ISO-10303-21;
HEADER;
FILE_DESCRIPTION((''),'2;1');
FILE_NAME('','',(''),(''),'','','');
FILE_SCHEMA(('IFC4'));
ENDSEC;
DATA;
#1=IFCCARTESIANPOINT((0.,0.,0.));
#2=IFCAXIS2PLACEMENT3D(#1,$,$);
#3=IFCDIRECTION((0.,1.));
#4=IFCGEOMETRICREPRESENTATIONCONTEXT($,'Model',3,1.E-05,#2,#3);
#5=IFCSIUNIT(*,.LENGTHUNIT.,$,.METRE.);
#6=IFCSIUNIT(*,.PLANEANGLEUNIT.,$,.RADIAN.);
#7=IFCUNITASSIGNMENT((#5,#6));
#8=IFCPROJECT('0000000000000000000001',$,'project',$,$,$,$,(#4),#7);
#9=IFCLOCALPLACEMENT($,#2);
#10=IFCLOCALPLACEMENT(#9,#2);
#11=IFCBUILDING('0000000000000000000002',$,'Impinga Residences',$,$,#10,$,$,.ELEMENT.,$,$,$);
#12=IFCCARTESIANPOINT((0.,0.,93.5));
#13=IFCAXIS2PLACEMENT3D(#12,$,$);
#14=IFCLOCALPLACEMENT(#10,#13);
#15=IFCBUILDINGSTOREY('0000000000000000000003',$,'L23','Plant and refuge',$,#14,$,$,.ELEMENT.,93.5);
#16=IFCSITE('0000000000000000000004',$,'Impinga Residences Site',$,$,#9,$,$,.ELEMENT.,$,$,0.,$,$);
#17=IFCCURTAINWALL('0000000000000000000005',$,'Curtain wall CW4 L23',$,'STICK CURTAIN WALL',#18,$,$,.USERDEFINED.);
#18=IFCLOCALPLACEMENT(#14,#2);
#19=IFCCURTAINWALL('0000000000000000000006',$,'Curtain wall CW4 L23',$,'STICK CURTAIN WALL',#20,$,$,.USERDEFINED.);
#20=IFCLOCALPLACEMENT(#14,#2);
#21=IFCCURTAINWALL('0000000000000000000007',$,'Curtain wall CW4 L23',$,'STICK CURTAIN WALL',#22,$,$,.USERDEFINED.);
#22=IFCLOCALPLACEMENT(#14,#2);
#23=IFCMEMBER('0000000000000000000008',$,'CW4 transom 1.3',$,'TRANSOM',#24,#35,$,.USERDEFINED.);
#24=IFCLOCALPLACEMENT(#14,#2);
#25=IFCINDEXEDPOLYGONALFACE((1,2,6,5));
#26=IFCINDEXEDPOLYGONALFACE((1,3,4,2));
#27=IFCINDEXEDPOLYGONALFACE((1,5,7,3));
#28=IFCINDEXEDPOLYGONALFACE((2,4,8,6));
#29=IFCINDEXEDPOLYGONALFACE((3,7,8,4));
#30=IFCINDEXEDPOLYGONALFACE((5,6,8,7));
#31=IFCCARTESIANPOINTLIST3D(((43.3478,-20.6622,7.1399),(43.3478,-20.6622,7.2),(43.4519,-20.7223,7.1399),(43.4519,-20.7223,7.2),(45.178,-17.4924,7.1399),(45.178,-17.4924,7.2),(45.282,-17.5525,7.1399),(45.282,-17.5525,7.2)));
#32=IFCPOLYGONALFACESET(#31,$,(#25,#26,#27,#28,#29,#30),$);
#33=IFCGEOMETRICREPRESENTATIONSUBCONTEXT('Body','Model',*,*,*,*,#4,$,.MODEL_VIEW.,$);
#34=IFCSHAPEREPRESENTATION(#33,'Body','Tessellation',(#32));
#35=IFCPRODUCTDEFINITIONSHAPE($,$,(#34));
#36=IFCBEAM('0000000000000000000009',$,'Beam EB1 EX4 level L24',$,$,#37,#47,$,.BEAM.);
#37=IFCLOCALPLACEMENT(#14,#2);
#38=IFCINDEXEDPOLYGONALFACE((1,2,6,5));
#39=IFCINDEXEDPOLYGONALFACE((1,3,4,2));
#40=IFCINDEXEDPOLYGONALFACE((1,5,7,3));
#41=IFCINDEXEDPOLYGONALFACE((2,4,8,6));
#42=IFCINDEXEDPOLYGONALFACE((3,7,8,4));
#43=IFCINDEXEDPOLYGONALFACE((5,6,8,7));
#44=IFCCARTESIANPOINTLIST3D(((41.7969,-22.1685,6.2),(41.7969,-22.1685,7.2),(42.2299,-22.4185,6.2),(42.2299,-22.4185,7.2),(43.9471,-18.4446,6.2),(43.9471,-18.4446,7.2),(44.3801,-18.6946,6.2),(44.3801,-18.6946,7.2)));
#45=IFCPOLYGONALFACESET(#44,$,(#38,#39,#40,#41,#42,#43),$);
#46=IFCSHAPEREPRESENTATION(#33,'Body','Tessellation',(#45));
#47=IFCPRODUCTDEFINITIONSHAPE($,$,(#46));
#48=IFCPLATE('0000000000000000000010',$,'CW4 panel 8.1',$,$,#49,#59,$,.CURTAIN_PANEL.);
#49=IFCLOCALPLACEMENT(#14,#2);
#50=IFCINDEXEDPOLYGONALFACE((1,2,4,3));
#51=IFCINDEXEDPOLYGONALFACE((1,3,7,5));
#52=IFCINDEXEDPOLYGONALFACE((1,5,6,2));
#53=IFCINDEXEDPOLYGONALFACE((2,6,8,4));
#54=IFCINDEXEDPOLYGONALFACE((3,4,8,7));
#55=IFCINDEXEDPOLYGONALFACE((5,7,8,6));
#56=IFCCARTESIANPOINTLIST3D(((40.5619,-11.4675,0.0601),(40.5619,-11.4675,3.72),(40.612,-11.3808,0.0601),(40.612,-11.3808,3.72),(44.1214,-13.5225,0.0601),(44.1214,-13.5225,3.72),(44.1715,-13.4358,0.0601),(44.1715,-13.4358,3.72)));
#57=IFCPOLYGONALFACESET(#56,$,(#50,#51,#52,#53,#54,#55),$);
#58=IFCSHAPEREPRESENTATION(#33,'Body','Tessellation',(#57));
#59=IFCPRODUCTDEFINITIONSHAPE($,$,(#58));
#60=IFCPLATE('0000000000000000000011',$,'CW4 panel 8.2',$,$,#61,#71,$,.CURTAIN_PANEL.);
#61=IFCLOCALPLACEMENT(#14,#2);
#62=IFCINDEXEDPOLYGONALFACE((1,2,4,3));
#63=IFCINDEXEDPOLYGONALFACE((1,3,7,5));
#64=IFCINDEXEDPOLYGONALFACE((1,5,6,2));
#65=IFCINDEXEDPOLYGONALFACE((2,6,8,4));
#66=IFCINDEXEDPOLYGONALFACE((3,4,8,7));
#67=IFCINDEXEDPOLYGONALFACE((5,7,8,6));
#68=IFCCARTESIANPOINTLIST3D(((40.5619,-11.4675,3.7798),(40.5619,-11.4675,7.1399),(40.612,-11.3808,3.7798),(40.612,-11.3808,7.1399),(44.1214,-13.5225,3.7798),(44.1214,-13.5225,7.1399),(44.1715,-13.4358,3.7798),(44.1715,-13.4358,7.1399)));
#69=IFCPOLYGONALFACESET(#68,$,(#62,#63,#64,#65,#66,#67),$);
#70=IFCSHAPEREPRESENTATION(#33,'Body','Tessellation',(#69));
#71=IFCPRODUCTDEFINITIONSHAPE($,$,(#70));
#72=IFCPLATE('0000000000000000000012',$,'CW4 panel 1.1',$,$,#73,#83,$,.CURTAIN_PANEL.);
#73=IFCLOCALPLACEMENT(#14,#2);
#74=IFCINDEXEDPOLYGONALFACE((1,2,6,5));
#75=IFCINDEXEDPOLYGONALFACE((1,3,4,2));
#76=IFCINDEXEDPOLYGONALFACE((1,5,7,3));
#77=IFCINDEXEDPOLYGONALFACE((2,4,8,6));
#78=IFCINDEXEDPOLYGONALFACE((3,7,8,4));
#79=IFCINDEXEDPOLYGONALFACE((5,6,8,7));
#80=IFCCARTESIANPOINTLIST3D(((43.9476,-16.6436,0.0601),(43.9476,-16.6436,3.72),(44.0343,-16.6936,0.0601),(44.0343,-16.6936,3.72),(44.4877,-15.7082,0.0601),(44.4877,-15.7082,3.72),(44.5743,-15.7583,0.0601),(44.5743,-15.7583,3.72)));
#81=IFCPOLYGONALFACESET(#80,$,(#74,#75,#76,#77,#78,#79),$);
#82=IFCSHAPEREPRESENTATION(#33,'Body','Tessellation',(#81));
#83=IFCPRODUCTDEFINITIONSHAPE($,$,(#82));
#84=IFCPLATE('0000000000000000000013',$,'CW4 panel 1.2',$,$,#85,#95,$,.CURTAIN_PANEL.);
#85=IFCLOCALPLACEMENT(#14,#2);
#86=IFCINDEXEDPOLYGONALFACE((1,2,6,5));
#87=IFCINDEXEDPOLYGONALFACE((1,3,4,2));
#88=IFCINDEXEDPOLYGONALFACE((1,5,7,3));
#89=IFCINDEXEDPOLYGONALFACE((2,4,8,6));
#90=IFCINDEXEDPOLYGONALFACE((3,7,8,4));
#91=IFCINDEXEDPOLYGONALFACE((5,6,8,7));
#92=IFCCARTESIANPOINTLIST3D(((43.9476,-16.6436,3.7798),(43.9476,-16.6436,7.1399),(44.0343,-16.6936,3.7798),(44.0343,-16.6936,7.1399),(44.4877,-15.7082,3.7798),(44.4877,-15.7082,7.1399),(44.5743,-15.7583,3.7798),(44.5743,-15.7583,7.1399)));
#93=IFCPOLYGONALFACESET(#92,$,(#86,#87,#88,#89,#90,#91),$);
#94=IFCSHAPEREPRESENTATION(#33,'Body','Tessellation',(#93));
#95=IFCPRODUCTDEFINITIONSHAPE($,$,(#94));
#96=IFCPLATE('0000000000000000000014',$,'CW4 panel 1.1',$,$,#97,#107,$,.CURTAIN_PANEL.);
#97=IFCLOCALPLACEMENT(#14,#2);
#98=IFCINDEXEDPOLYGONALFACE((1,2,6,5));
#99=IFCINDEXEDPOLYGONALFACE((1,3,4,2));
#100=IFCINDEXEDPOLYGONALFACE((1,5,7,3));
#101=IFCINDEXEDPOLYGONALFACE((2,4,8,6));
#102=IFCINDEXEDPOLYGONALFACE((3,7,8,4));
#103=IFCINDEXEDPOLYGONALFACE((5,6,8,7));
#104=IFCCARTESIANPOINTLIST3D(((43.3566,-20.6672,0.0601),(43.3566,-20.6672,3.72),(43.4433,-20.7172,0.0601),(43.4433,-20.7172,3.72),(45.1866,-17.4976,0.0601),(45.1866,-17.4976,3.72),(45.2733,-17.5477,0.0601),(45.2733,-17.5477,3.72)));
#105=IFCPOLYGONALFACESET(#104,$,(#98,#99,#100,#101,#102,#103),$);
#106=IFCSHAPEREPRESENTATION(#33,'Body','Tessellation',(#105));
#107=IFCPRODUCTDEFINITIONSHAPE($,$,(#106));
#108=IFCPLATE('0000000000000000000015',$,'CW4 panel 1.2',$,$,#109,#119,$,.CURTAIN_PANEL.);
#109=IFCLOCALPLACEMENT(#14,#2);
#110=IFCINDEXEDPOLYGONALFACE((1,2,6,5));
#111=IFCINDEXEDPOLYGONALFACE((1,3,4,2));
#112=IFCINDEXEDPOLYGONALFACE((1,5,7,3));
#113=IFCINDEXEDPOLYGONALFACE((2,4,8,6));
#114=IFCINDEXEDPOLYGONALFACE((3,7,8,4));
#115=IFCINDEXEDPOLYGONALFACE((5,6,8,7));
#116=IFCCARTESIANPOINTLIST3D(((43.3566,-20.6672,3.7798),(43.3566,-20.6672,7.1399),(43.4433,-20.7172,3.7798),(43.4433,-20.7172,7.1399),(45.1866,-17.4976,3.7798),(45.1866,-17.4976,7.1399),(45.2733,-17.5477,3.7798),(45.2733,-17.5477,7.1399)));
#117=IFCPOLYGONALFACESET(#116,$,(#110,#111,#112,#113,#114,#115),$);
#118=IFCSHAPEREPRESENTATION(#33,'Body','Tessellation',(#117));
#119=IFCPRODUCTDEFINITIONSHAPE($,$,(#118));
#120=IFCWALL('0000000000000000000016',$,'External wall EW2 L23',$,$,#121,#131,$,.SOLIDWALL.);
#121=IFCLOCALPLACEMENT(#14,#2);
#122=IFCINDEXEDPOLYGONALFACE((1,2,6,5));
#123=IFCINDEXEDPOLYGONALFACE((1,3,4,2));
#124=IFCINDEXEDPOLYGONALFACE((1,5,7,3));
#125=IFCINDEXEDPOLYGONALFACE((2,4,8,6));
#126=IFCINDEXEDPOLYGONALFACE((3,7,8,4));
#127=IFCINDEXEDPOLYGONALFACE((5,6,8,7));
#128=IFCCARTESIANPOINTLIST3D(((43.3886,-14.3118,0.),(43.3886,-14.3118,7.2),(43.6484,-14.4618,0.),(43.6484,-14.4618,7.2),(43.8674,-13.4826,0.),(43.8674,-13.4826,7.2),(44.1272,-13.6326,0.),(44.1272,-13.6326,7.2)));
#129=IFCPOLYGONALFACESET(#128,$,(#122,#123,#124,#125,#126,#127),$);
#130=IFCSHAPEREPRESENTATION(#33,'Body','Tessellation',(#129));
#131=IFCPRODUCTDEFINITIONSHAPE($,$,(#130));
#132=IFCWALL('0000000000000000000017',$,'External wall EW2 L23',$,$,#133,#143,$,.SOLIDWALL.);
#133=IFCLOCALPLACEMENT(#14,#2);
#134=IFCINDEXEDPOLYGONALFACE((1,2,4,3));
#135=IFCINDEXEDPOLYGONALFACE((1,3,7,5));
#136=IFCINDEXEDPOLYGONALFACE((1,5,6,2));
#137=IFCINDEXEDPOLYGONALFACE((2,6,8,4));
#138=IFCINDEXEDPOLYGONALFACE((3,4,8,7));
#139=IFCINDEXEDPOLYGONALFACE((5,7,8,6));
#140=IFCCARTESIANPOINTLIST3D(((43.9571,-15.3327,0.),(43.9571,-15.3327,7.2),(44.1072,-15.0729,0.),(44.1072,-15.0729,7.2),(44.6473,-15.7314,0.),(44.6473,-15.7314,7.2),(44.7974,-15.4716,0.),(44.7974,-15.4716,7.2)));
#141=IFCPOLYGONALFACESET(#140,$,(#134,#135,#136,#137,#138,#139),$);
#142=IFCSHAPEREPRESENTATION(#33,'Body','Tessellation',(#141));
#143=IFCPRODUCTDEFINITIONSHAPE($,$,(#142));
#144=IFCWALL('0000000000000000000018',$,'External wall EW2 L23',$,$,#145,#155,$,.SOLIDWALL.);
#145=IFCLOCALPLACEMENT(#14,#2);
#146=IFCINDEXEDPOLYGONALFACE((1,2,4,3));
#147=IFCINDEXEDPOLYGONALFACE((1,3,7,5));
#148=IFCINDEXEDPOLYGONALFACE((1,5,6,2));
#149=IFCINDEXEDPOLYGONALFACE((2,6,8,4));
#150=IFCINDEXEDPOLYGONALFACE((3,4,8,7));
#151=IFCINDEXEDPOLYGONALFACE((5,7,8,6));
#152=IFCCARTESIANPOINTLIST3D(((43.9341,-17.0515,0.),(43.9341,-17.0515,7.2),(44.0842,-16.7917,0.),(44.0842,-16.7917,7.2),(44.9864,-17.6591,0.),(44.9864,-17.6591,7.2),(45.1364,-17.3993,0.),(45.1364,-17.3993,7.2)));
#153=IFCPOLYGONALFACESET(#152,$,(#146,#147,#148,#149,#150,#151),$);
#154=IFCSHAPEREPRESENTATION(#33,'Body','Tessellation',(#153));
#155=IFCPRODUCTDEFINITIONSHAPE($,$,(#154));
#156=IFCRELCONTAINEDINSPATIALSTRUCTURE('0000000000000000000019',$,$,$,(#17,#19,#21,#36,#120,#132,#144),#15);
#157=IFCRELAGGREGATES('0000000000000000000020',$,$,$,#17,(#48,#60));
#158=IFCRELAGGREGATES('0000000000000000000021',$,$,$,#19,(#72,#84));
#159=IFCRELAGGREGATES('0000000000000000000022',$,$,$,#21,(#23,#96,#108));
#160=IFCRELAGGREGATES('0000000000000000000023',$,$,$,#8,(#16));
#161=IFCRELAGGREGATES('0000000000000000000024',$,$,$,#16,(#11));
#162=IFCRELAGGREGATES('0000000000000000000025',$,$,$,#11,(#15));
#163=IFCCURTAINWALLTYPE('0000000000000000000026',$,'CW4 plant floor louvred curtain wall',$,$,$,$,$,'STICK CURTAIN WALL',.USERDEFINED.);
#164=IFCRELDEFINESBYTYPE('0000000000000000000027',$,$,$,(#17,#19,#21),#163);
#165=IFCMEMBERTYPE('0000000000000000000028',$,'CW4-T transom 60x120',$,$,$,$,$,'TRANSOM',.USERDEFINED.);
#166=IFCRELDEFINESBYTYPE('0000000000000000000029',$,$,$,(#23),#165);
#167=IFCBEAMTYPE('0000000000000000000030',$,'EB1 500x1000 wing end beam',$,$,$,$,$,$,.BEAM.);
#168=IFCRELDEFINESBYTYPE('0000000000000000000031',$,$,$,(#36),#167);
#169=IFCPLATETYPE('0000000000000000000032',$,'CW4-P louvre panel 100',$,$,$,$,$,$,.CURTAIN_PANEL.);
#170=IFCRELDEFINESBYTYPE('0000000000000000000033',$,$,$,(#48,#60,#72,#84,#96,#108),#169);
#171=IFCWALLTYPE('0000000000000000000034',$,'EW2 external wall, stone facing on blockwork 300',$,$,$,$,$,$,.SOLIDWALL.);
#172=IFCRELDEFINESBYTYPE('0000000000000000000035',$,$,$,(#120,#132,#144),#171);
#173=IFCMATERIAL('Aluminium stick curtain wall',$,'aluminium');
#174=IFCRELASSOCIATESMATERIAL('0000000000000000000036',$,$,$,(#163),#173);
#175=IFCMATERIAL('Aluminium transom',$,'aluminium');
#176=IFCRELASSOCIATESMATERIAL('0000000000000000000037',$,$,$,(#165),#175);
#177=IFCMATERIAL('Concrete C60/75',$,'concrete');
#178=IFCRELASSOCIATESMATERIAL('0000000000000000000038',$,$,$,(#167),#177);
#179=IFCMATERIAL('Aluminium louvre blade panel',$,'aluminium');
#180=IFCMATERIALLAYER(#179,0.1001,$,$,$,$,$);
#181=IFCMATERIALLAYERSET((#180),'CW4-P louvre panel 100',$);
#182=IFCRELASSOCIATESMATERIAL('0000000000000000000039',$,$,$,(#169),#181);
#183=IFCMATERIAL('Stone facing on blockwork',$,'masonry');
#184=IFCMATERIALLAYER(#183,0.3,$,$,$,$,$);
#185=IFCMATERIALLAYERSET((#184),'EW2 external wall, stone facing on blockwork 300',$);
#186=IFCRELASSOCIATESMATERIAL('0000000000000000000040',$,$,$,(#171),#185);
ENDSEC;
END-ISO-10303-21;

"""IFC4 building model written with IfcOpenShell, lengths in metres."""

from ifc_helpers import new_model, si_unit, direction, frame, frame_2d, origin, origin_2d, place, context, subcontext, project, spatial, rectangle, extrude, material, layer, layer_set, material_profile, profile_set, type_object, element, aggregate, save


model = new_model("IFC4")

# Units and contexts
model_context = context("Model", 3, precision=1e-05, world=origin(), true_north=direction((0.0, 1.0)))
body_context = subcontext(model_context, "Body", "Model", "MODEL_VIEW")
ifc_project = project(units=[si_unit("LENGTHUNIT", "METRE"), si_unit("PLANEANGLEUNIT", "RADIAN")], contexts=[model_context])

# Site, building, storey
site_placement = place(None, origin())
site = spatial("IfcSite", under=ifc_project, at=site_placement, Name="Impinga Residences Site", CompositionType="ELEMENT", RefElevation=0.0)
building_placement = place(site_placement, origin())
building = spatial("IfcBuilding", under=site, at=building_placement, Name="Impinga Residences", CompositionType="ELEMENT")
storey_placement = place(building_placement, frame((0.0, 0.0, 93.5)))
storey = spatial("IfcBuildingStorey", under=building, at=storey_placement, Name="L23", Description="Plant and refuge", CompositionType="ELEMENT", Elevation=93.5)

# Shared definitions
ifc_material_1 = material(Name="Concrete C60/75", Category="concrete")

# Curtain wall
ifc_material_2 = material(Name="Aluminium stick curtain wall", Category="aluminium")
curtain_wall_type = type_object("IfcCurtainWallType", Name="CW4 plant floor louvred curtain wall", ElementType="STICK CURTAIN WALL", PredefinedType="USERDEFINED", material=ifc_material_2)
curtain_wall_1_placement = place(storey_placement, origin())
curtain_wall_1 = element("IfcCurtainWall", 1, at=curtain_wall_1_placement, inside=storey, type_object=curtain_wall_type, Name="Curtain wall CW4 L23", ObjectType="STICK CURTAIN WALL", PredefinedType="USERDEFINED")

# Curtain wall
curtain_wall_2_placement = place(storey_placement, origin())
curtain_wall_2 = element("IfcCurtainWall", 2, at=curtain_wall_2_placement, inside=storey, type_object=curtain_wall_type, Name="Curtain wall CW4 L23", ObjectType="STICK CURTAIN WALL", PredefinedType="USERDEFINED")

# Curtain wall
curtain_wall_3_placement = place(storey_placement, origin())
curtain_wall_3 = element("IfcCurtainWall", 3, at=curtain_wall_3_placement, inside=storey, type_object=curtain_wall_type, Name="Curtain wall CW4 L23", ObjectType="STICK CURTAIN WALL", PredefinedType="USERDEFINED")

# Member
ifc_material_3 = material(Name="Aluminium transom", Category="aluminium")
ifc_material_profile_1 = material_profile(ifc_material_3, rectangle(XDim=0.0601, YDim=0.1201, at=origin_2d()), Name="60x120 transom")
ifc_profile_set_1 = profile_set([ifc_material_profile_1], Name="Aluminium transom")
member_type_1 = type_object("IfcMemberType", Name="CW4-T transom 60x120", ElementType="TRANSOM", PredefinedType="USERDEFINED", material=ifc_profile_set_1)
member_1_placement = place(storey_placement, frame((45.23, -17.5225, 7.1699), z_axis=(-0.500013, -0.866018, 0.0), x_axis=(0.0, 0.0, 1.0)))
member_1 = element("IfcMember", 4, at=member_1_placement, type_object=member_type_1, Name="CW4 transom 1.3", ObjectType="TRANSOM", PredefinedType="USERDEFINED", context=body_context, shape_type="SweptSolid", body=[
    extrude(rectangle(XDim=0.0601, YDim=0.1201, at=origin_2d()), origin(), (0.0, 0.0, 1.0), 3.6602),
])

# Beam
ifc_material_profile_2 = material_profile(ifc_material_1, rectangle(XDim=0.5, YDim=1.0, at=origin_2d()), Name="RC 500x1000")
ifc_profile_set_2 = profile_set([ifc_material_profile_2], Name="Concrete C60/75")
beam_type_1 = type_object("IfcBeamType", Name="EB1 500x1000 wing end beam", PredefinedType="BEAM", material=ifc_profile_set_2)
beam_1_placement = place(storey_placement, frame((44.1636, -18.5696, 6.7), z_axis=(-0.500029, -0.866009, 0.0), x_axis=(0.866009, -0.500029, 0.0)))
element("IfcBeam", 5, at=beam_1_placement, inside=storey, type_object=beam_type_1, Name="Beam EB1 EX4 level L24", PredefinedType="BEAM", context=body_context, shape_type="SweptSolid", body=[
    extrude(rectangle(XDim=0.5, YDim=1.0, at=origin_2d()), origin(), (0.0, 0.0, 1.0), 4.3),
])

# Plates
ifc_material_4 = material(Name="Aluminium louvre blade panel", Category="aluminium")
ifc_layer_1 = layer(ifc_material_4, 0.1001)
ifc_layer_set_1 = layer_set([ifc_layer_1], Name="CW4-P louvre panel 100")
plate_type = type_object("IfcPlateType", Name="CW4-P louvre panel 100", PredefinedType="CURTAIN_PANEL", material=ifc_layer_set_1)
plate_1_placement = place(storey_placement, frame((42.3667, -12.4517, 0.0601), z_axis=(0.0, 0.0, 1.0), x_axis=(0.866025, -0.5, 0.0)))
plate_1 = element("IfcPlate", 6, at=plate_1_placement, type_object=plate_type, Name="CW4 panel 8.1", PredefinedType="CURTAIN_PANEL", context=body_context, shape_type="SweptSolid", body=[
    extrude(rectangle(XDim=4.1101, YDim=0.1001, at=origin_2d()), origin(), (0.0, 0.0, 1.0), 3.6599),
])
plate_2_placement = place(storey_placement, frame((42.3667, -12.4517, 3.7798), z_axis=(0.0, 0.0, 1.0), x_axis=(0.866025, -0.5, 0.0)))
plate_2 = element("IfcPlate", 7, at=plate_2_placement, type_object=plate_type, Name="CW4 panel 8.2", PredefinedType="CURTAIN_PANEL", context=body_context, shape_type="SweptSolid", body=[
    extrude(rectangle(XDim=4.1101, YDim=0.1001, at=origin_2d()), origin(), (0.0, 0.0, 1.0), 3.3601),
])
aggregate(curtain_wall_1, [plate_1, plate_2])
plate_3_placement = place(storey_placement, frame((44.261, -16.2009, 0.0601), z_axis=(0.0, 0.0, 1.0), x_axis=(-0.5, -0.866025, 0.0)))
plate_3 = element("IfcPlate", 8, at=plate_3_placement, type_object=plate_type, Name="CW4 panel 1.1", PredefinedType="CURTAIN_PANEL", context=body_context, shape_type="SweptSolid", body=[
    extrude(rectangle(XDim=1.0801, YDim=0.1001, at=origin_2d()), origin(), (0.0, 0.0, 1.0), 3.6599),
])
plate_4_placement = place(storey_placement, frame((44.261, -16.2009, 3.7798), z_axis=(0.0, 0.0, 1.0), x_axis=(-0.5, -0.866025, 0.0)))
plate_4 = element("IfcPlate", 9, at=plate_4_placement, type_object=plate_type, Name="CW4 panel 1.2", PredefinedType="CURTAIN_PANEL", context=body_context, shape_type="SweptSolid", body=[
    extrude(rectangle(XDim=1.0801, YDim=0.1001, at=origin_2d()), origin(), (0.0, 0.0, 1.0), 3.3601),
])
aggregate(curtain_wall_2, [plate_3, plate_4])
plate_5_placement = place(storey_placement, frame((44.3149, -19.1074, 0.0601), z_axis=(0.0, 0.0, 1.0), x_axis=(-0.5, -0.866025, 0.0)))
plate_5 = element("IfcPlate", 10, at=plate_5_placement, type_object=plate_type, Name="CW4 panel 1.1", PredefinedType="CURTAIN_PANEL", context=body_context, shape_type="SweptSolid", body=[
    extrude(rectangle(XDim=3.6599, YDim=0.1001, at=origin_2d()), origin(), (0.0, 0.0, 1.0), 3.6599),
])
plate_6_placement = place(storey_placement, frame((44.3149, -19.1074, 3.7798), z_axis=(0.0, 0.0, 1.0), x_axis=(-0.5, -0.866025, 0.0)))
plate_6 = element("IfcPlate", 11, at=plate_6_placement, type_object=plate_type, Name="CW4 panel 1.2", PredefinedType="CURTAIN_PANEL", context=body_context, shape_type="SweptSolid", body=[
    extrude(rectangle(XDim=3.6599, YDim=0.1001, at=origin_2d()), origin(), (0.0, 0.0, 1.0), 3.3601),
])
aggregate(curtain_wall_3, [member_1, plate_5, plate_6])

# Walls
ifc_material_5 = material(Name="Stone facing on blockwork", Category="masonry")
ifc_layer_2 = layer(ifc_material_5, 0.3)
ifc_layer_set_2 = layer_set([ifc_layer_2], Name="EW2 external wall, stone facing on blockwork 300")
wall_type = type_object("IfcWallType", Name="EW2 external wall, stone facing on blockwork 300", PredefinedType="SOLIDWALL", material=ifc_layer_set_2)
wall_1_placement = place(storey_placement, frame((43.9973, -13.5576, 0.0), z_axis=(0.0, 0.0, 1.0), x_axis=(-0.500061, -0.86599, 0.0)))
element("IfcWall", 12, at=wall_1_placement, inside=storey, type_object=wall_type, Name="External wall EW2 L23", PredefinedType="SOLIDWALL", context=body_context, shape_type="SweptSolid", body=[
    extrude(rectangle(XDim=0.9575, YDim=0.3, at=frame_2d((0.4788, 0.0))), origin(), (0.0, 0.0, 1.0), 7.2),
])
wall_2_placement = place(storey_placement, frame((44.0322, -15.2029, 0.0), z_axis=(0.0, 0.0, 1.0), x_axis=(0.865915, -0.500191, 0.0)))
element("IfcWall", 13, at=wall_2_placement, inside=storey, type_object=wall_type, Name="External wall EW2 L23", PredefinedType="SOLIDWALL", context=body_context, shape_type="SweptSolid", body=[
    extrude(rectangle(XDim=0.7971, YDim=0.3, at=frame_2d((0.3984, 0.0))), origin(), (0.0, 0.0, 1.0), 7.2),
])
wall_3_placement = place(storey_placement, frame((44.0093, -16.9216, 0.0), z_axis=(0.0, 0.0, 1.0), x_axis=(0.865971, -0.500093, 0.0)))
element("IfcWall", 14, at=wall_3_placement, inside=storey, type_object=wall_type, Name="External wall EW2 L23", PredefinedType="SOLIDWALL", context=body_context, shape_type="SweptSolid", body=[
    extrude(rectangle(XDim=1.2151, YDim=0.3, at=frame_2d((0.6074, 0.0))), origin(), (0.0, 0.0, 1.0), 7.2),
])

save(model, "model.ifc")
